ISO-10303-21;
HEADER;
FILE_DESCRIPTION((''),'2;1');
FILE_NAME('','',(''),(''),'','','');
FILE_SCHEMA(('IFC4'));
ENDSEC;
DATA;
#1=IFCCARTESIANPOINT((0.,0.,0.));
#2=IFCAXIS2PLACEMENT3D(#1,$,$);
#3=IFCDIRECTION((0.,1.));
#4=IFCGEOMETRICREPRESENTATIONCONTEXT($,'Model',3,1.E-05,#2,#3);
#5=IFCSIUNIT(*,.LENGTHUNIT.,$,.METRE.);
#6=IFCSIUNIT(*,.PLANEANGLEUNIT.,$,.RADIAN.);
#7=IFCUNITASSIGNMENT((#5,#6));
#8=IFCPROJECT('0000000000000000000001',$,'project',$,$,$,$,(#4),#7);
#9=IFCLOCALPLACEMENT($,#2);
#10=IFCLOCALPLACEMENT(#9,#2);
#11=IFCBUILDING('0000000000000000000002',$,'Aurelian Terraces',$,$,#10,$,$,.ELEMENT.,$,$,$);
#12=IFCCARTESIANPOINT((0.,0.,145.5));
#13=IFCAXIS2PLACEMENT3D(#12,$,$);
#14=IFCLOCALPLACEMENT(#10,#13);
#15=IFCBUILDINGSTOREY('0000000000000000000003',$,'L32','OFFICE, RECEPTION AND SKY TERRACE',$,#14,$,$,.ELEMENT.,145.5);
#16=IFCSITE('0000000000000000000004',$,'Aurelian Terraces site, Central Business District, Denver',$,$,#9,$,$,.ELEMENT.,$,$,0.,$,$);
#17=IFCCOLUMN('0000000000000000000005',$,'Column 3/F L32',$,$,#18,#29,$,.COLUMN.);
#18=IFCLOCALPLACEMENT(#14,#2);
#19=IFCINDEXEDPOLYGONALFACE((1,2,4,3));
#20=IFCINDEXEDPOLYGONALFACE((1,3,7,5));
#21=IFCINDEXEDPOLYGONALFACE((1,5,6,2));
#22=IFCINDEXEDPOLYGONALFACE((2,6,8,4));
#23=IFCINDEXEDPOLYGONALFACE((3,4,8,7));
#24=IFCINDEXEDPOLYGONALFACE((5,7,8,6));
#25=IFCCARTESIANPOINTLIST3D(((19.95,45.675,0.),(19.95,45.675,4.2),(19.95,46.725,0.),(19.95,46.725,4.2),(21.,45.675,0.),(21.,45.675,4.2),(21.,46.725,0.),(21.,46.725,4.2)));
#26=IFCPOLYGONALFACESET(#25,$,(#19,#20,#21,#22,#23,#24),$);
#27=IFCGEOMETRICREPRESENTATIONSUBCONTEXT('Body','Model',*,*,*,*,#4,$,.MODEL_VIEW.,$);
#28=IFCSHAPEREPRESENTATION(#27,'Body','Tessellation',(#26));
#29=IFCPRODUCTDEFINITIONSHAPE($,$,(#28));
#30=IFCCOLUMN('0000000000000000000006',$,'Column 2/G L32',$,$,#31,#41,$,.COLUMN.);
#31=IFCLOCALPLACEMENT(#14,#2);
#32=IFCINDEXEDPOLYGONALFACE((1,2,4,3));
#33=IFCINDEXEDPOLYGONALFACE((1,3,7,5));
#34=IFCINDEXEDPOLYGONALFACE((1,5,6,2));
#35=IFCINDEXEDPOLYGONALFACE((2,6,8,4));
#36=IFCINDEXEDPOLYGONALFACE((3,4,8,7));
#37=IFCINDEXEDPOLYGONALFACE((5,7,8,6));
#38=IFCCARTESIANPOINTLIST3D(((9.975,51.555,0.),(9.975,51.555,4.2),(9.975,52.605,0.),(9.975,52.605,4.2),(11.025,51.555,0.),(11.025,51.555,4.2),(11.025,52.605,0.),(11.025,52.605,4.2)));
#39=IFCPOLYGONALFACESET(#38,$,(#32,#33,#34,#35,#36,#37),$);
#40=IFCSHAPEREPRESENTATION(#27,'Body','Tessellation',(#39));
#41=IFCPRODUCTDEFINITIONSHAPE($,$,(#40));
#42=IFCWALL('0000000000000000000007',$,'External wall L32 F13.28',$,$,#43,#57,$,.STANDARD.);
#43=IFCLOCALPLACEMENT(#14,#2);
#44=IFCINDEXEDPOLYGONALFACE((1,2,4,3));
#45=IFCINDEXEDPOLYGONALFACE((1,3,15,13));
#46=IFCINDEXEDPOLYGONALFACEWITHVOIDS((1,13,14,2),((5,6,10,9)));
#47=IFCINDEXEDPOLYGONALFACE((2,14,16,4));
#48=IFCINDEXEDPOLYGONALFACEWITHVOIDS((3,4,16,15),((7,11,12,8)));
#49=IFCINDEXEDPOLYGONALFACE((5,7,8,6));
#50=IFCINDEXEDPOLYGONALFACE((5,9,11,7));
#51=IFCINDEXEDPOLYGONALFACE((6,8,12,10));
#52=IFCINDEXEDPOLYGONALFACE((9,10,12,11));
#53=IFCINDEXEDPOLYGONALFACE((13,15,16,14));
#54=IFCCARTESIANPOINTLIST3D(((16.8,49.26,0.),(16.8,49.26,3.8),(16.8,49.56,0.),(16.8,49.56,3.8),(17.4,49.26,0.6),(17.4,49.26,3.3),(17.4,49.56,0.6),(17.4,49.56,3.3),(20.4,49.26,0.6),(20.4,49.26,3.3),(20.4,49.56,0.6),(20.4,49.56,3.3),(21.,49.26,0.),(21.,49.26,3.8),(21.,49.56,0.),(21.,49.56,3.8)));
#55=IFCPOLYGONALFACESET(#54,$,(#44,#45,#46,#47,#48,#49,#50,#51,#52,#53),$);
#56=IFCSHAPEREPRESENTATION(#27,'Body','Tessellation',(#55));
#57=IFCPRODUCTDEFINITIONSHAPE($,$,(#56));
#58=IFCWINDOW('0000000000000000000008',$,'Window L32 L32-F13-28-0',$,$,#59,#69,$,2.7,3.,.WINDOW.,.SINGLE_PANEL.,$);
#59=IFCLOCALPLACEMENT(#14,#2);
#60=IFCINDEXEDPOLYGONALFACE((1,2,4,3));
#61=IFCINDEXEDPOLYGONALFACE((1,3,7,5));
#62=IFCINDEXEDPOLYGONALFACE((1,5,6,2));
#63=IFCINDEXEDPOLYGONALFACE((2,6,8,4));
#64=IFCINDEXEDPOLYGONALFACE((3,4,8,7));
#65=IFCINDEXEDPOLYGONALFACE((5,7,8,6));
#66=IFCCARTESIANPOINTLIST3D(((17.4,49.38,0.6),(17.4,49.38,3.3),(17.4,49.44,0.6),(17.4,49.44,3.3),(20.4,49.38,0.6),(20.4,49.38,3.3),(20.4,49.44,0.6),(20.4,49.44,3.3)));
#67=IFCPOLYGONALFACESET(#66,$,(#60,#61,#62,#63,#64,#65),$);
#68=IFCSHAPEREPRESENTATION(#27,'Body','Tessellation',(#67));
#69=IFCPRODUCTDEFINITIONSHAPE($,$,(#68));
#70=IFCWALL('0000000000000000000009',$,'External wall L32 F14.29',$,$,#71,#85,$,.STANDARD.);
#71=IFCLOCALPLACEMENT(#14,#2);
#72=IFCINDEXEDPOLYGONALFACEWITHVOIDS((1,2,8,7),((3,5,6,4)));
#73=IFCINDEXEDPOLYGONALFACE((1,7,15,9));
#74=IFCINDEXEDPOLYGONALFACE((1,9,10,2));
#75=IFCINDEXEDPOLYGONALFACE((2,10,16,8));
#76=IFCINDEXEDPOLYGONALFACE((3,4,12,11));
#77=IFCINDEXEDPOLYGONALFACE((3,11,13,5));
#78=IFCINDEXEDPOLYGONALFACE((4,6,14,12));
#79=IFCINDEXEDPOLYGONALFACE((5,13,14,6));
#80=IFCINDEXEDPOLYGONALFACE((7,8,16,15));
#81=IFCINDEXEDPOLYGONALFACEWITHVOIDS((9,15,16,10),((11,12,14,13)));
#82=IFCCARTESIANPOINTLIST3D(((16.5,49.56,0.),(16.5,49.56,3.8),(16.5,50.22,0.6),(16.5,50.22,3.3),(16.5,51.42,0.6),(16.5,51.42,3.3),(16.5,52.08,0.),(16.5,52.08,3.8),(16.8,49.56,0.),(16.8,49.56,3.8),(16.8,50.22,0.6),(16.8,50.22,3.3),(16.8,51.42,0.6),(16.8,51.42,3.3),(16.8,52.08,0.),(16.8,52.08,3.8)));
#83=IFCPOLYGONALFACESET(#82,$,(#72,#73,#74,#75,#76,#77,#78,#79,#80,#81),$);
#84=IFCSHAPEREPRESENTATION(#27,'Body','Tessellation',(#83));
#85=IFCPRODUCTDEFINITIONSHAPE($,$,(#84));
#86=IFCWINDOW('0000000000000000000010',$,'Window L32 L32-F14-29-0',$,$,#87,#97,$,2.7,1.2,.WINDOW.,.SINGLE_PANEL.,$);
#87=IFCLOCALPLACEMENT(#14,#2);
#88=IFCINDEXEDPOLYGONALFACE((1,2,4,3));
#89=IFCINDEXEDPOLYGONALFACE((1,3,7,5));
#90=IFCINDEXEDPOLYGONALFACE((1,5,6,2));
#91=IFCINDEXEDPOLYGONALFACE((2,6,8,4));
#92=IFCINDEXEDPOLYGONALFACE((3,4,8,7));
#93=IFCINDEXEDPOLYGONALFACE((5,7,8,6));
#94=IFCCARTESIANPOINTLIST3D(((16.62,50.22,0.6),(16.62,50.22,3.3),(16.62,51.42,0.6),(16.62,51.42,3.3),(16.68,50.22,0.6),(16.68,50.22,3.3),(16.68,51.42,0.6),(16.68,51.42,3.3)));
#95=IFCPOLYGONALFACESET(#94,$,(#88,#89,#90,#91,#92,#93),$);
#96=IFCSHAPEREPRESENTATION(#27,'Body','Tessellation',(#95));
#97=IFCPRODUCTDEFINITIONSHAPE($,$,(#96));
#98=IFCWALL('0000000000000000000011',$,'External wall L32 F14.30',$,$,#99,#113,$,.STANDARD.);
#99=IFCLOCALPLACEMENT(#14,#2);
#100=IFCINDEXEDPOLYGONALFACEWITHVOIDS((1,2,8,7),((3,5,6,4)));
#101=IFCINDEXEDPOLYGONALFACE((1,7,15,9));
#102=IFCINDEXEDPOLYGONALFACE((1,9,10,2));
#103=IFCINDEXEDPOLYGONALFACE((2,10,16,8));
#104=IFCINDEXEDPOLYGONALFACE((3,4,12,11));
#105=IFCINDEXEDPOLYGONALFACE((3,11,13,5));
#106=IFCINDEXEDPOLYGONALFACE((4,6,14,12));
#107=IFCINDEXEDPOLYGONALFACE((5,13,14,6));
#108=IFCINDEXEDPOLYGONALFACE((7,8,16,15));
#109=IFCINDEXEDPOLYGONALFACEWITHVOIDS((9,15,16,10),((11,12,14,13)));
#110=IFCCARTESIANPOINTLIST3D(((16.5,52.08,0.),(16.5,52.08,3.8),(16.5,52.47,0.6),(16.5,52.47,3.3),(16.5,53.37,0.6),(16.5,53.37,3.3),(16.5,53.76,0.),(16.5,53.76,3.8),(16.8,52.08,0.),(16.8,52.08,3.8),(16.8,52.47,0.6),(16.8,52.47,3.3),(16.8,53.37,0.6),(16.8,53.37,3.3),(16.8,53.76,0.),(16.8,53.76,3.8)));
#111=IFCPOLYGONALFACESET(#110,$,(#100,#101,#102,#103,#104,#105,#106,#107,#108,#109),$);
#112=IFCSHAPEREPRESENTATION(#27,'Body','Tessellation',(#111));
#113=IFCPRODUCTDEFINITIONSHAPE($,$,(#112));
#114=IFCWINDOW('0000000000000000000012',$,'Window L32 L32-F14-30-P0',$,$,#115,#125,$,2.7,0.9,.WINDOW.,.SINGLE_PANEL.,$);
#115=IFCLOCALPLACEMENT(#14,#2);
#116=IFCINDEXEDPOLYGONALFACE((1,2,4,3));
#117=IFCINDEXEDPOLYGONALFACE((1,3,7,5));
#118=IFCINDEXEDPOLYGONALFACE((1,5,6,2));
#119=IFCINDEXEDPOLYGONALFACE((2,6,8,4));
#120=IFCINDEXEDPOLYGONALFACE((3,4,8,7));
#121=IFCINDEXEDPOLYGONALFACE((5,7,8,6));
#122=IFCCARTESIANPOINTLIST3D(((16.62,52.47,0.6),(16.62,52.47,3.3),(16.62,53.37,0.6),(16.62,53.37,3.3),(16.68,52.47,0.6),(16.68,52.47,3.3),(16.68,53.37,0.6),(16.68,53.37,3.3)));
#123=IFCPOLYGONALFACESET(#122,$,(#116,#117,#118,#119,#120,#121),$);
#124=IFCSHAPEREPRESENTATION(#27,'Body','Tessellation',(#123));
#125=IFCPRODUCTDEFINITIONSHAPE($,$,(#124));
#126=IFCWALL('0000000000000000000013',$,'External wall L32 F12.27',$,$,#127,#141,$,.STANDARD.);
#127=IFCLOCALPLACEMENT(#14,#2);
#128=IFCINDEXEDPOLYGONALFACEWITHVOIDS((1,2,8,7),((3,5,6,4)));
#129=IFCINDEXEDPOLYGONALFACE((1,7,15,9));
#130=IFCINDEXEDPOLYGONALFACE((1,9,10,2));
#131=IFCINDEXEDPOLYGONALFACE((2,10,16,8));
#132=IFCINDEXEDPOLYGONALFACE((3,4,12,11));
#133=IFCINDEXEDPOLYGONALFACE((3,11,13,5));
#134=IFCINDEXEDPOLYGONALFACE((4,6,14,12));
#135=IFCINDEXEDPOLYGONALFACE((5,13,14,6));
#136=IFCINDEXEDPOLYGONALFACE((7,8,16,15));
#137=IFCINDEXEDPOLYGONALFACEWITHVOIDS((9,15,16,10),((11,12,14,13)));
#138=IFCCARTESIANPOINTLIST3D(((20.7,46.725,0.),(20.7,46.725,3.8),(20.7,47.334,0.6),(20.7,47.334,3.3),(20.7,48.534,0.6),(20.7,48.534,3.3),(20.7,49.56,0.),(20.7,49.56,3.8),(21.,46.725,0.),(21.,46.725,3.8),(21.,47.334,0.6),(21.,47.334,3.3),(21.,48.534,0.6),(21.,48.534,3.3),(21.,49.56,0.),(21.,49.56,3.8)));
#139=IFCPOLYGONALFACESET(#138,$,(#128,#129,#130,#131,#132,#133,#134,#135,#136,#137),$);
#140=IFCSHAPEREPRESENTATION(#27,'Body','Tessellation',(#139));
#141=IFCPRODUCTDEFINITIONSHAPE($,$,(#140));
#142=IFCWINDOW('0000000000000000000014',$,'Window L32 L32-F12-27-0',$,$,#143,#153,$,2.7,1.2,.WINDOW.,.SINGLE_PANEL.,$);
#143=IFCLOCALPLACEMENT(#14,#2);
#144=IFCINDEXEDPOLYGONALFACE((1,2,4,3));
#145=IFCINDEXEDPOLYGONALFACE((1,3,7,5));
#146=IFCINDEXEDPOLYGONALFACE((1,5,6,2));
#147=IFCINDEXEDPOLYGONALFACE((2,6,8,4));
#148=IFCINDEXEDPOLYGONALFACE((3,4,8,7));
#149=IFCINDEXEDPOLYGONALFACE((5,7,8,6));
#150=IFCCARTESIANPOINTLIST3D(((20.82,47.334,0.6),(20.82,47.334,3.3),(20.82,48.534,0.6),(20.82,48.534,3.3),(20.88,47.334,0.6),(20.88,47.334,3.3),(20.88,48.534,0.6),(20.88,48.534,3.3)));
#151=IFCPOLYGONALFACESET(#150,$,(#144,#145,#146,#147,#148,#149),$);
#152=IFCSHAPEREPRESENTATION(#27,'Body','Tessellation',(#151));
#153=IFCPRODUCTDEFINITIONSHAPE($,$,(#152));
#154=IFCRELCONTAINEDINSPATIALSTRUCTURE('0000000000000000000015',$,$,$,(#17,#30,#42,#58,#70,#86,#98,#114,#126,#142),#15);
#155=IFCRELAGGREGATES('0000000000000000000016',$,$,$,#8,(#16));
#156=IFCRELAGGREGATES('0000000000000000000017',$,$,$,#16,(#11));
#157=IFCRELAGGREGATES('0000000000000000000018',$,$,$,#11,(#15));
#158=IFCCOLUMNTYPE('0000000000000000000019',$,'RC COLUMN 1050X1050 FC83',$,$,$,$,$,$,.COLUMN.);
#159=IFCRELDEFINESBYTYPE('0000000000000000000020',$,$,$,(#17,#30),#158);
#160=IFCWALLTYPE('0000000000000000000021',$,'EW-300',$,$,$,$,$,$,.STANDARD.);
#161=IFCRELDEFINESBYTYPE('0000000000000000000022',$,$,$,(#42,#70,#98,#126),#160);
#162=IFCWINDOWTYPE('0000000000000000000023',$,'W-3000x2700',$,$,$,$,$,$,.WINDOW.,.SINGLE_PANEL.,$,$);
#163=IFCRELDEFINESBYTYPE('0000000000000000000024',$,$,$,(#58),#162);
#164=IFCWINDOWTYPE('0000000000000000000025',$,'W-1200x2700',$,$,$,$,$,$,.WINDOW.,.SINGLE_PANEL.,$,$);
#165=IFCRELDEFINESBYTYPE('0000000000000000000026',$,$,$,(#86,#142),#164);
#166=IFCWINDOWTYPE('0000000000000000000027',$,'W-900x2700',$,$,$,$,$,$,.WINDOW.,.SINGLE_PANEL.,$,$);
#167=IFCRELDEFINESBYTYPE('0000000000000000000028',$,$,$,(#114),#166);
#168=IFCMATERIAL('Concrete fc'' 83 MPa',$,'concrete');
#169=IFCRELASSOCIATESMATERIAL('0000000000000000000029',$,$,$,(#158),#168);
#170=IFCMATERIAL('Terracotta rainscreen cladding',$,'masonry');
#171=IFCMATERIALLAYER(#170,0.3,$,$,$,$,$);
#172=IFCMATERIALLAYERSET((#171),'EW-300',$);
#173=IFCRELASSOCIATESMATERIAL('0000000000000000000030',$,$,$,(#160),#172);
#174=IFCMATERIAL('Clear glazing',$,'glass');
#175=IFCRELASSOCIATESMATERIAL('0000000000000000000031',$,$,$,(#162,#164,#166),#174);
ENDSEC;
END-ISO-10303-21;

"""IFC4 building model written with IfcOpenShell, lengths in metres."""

from ifc_helpers import new_model, si_unit, direction, frame, frame_2d, origin, origin_2d, place, context, subcontext, project, spatial, rectangle, extrude, source, transform, mapped, material, layer, layer_set, material_profile, profile_set, type_object, element, fill, save


model = new_model("IFC4")

# Units and contexts
model_context = context("Model", 3, precision=1e-05, world=origin(), true_north=direction((0.0, 1.0)))
body_context = subcontext(model_context, "Body", "Model", "MODEL_VIEW")
ifc_project = project(units=[si_unit("LENGTHUNIT", "METRE"), si_unit("PLANEANGLEUNIT", "RADIAN")], contexts=[model_context])

# Site, building, storey
site_placement = place(None, origin())
site = spatial("IfcSite", under=ifc_project, at=site_placement, Name="Aurelian Terraces site, Central Business District, Denver", CompositionType="ELEMENT", RefElevation=0.0)
building_placement = place(site_placement, origin())
building = spatial("IfcBuilding", under=site, at=building_placement, Name="Aurelian Terraces", CompositionType="ELEMENT")
storey_placement = place(building_placement, frame((0.0, 0.0, 145.5)))
storey = spatial("IfcBuildingStorey", under=building, at=storey_placement, Name="L32", Description="OFFICE, RECEPTION AND SKY TERRACE", CompositionType="ELEMENT", Elevation=145.5)

# Columns
ifc_material_1 = material(Name="Concrete fc' 83 MPa", Category="concrete")
ifc_material_profile = material_profile(ifc_material_1, rectangle(XDim=1.05, YDim=1.05, at=origin_2d()))
ifc_profile_set = profile_set([ifc_material_profile], Name="Concrete fc' 83 MPa")
column_type = type_object("IfcColumnType", Name="RC COLUMN 1050X1050 FC83", PredefinedType="COLUMN", material=ifc_profile_set)
shared_shape_1 = source(origin(), body_context, "Body", "SweptSolid", [
    extrude(rectangle(XDim=1.05, YDim=1.05, at=origin_2d()), origin(), (0.0, 0.0, 1.0), 4.2),
])
for number, where, z_axis, x_axis, name in (
    (1, (20.475, 46.2, 0.0), (0.0, 0.0, 1.0), (1.0, 0.0, 0.0), "Column 3/F L32"),
    (2, (10.5, 52.08, 0.0), (0.0, 0.0, 1.0), (1.0, 0.0, 0.0), "Column 2/G L32"),
):
    element("IfcColumn", number, at=place(storey_placement, frame(where, z_axis=z_axis, x_axis=x_axis)), inside=storey, type_object=column_type, Name=name, PredefinedType="COLUMN", context=body_context, shape_type="MappedRepresentation", body=[
        mapped(shared_shape_1, transform((0.0, 0.0, 0.0), scale=1.0)),
    ])

# Walls, openings, windows
ifc_material_2 = material(Name="Terracotta rainscreen cladding", Category="masonry")
ifc_layer_1 = layer(ifc_material_2, 0.3)
ifc_layer_set_1 = layer_set([ifc_layer_1], Name="EW-300")
wall_type_1 = type_object("IfcWallType", Name="EW-300", PredefinedType="STANDARD", material=ifc_layer_set_1)
shared_shape_2 = source(origin(), body_context, "Body", "SweptSolid", [
    extrude(rectangle(XDim=4.2, YDim=0.3, at=frame_2d((2.1, 0.0))), origin(), (0.0, 0.0, 1.0), 3.8),
])
wall_1_placement = place(storey_placement, frame((21.0, 49.41, 0.0), z_axis=(0.0, 0.0, 1.0), x_axis=(-1.0, 0.0, 0.0)))
wall_1 = element("IfcWall", 3, at=wall_1_placement, inside=storey, type_object=wall_type_1, Name="External wall L32 F13.28", PredefinedType="STANDARD", context=body_context, shape_type="MappedRepresentation", body=[
    mapped(shared_shape_2, transform((0.0, 0.0, 0.0), scale=1.0)),
])
shared_shape_3 = source(origin(), body_context, "Body", "SweptSolid", [
    extrude(rectangle(XDim=3.0, YDim=2.7, at=frame_2d((1.5, 1.35))), frame((0.0, 0.16, 0.0), z_axis=(0.0, -1.0, 0.0), x_axis=(1.0, 0.0, 0.0)), (0.0, 0.0, 1.0), 0.32),
])
opening_1_placement = place(wall_1_placement, frame((0.6, 0.0, 0.6)))
opening_1 = element("IfcOpeningElement", 4, at=opening_1_placement, cuts=wall_1, PredefinedType="OPENING", context=body_context, shape_type="MappedRepresentation", body=[
    mapped(shared_shape_3, transform((0.0, 0.0, 0.0), scale=1.0)),
])
ifc_material_3 = material(Name="Clear glazing", Category="glass")
window_type_1 = type_object("IfcWindowType", Name="W-3000x2700", PartitioningType="SINGLE_PANEL", PredefinedType="WINDOW", material=ifc_material_3)
shared_shape_4 = source(origin(), body_context, "Body", "SweptSolid", [
    extrude(rectangle(XDim=3.0, YDim=2.7, at=frame_2d((1.5, 1.35))), frame((0.0, 0.03, 0.0), z_axis=(0.0, -1.0, 0.0), x_axis=(1.0, 0.0, 0.0)), (0.0, 0.0, 1.0), 0.06),
])
window_1_placement = place(opening_1_placement, origin())
window_1 = element("IfcWindow", 5, at=window_1_placement, inside=storey, type_object=window_type_1, Name="Window L32 L32-F13-28-0", OverallHeight=2.7, OverallWidth=3.0, PartitioningType="SINGLE_PANEL", PredefinedType="WINDOW", context=body_context, shape_type="MappedRepresentation", body=[
    mapped(shared_shape_4, transform((0.0, 0.0, 0.0), scale=1.0)),
])
fill(opening_1, window_1)
shared_shape_5 = source(origin(), body_context, "Body", "SweptSolid", [
    extrude(rectangle(XDim=2.52, YDim=0.3, at=frame_2d((1.26, 0.0))), origin(), (0.0, 0.0, 1.0), 3.8),
])
wall_2_placement = place(storey_placement, frame((16.65, 49.56, 0.0), z_axis=(0.0, 0.0, 1.0), x_axis=(0.0, 1.0, 0.0)))
wall_2 = element("IfcWall", 6, at=wall_2_placement, inside=storey, type_object=wall_type_1, Name="External wall L32 F14.29", PredefinedType="STANDARD", context=body_context, shape_type="MappedRepresentation", body=[
    mapped(shared_shape_5, transform((0.0, 0.0, 0.0), scale=1.0)),
])
shared_shape_6 = source(origin(), body_context, "Body", "SweptSolid", [
    extrude(rectangle(XDim=1.2, YDim=2.7, at=frame_2d((0.6, 1.35))), frame((0.0, 0.16, 0.0), z_axis=(0.0, -1.0, 0.0), x_axis=(1.0, 0.0, 0.0)), (0.0, 0.0, 1.0), 0.32),
])
opening_2_placement = place(wall_2_placement, frame((0.66, 0.0, 0.6)))
opening_2 = element("IfcOpeningElement", 7, at=opening_2_placement, cuts=wall_2, PredefinedType="OPENING", context=body_context, shape_type="MappedRepresentation", body=[
    mapped(shared_shape_6, transform((0.0, 0.0, 0.0), scale=1.0)),
])
window_type_2 = type_object("IfcWindowType", Name="W-1200x2700", PartitioningType="SINGLE_PANEL", PredefinedType="WINDOW", material=ifc_material_3)
shared_shape_7 = source(origin(), body_context, "Body", "SweptSolid", [
    extrude(rectangle(XDim=1.2, YDim=2.7, at=frame_2d((0.6, 1.35))), frame((0.0, 0.03, 0.0), z_axis=(0.0, -1.0, 0.0), x_axis=(1.0, 0.0, 0.0)), (0.0, 0.0, 1.0), 0.06),
])
window_2_placement = place(opening_2_placement, origin())
window_2 = element("IfcWindow", 8, at=window_2_placement, inside=storey, type_object=window_type_2, Name="Window L32 L32-F14-29-0", OverallHeight=2.7, OverallWidth=1.2, PartitioningType="SINGLE_PANEL", PredefinedType="WINDOW", context=body_context, shape_type="MappedRepresentation", body=[
    mapped(shared_shape_7, transform((0.0, 0.0, 0.0), scale=1.0)),
])
fill(opening_2, window_2)
shared_shape_8 = source(origin(), body_context, "Body", "SweptSolid", [
    extrude(rectangle(XDim=1.68, YDim=0.3, at=frame_2d((0.84, 0.0))), origin(), (0.0, 0.0, 1.0), 3.8),
])
wall_3_placement = place(storey_placement, frame((16.65, 52.08, 0.0), z_axis=(0.0, 0.0, 1.0), x_axis=(0.0, 1.0, 0.0)))
wall_3 = element("IfcWall", 9, at=wall_3_placement, inside=storey, type_object=wall_type_1, Name="External wall L32 F14.30", PredefinedType="STANDARD", context=body_context, shape_type="MappedRepresentation", body=[
    mapped(shared_shape_8, transform((0.0, 0.0, 0.0), scale=1.0)),
])
shared_shape_9 = source(origin(), body_context, "Body", "SweptSolid", [
    extrude(rectangle(XDim=0.9, YDim=2.7, at=frame_2d((0.45, 1.35))), frame((0.0, 0.16, 0.0), z_axis=(0.0, -1.0, 0.0), x_axis=(1.0, 0.0, 0.0)), (0.0, 0.0, 1.0), 0.32),
])
opening_3_placement = place(wall_3_placement, frame((0.39, 0.0, 0.6)))
opening_3 = element("IfcOpeningElement", 10, at=opening_3_placement, cuts=wall_3, PredefinedType="OPENING", context=body_context, shape_type="MappedRepresentation", body=[
    mapped(shared_shape_9, transform((0.0, 0.0, 0.0), scale=1.0)),
])
window_type_3 = type_object("IfcWindowType", Name="W-900x2700", PartitioningType="SINGLE_PANEL", PredefinedType="WINDOW", material=ifc_material_3)
shared_shape_10 = source(origin(), body_context, "Body", "SweptSolid", [
    extrude(rectangle(XDim=0.9, YDim=2.7, at=frame_2d((0.45, 1.35))), frame((0.0, 0.03, 0.0), z_axis=(0.0, -1.0, 0.0), x_axis=(1.0, 0.0, 0.0)), (0.0, 0.0, 1.0), 0.06),
])
window_3_placement = place(opening_3_placement, origin())
window_3 = element("IfcWindow", 11, at=window_3_placement, inside=storey, type_object=window_type_3, Name="Window L32 L32-F14-30-P0", OverallHeight=2.7, OverallWidth=0.9, PartitioningType="SINGLE_PANEL", PredefinedType="WINDOW", context=body_context, shape_type="MappedRepresentation", body=[
    mapped(shared_shape_10, transform((0.0, 0.0, 0.0), scale=1.0)),
])
fill(opening_3, window_3)
shared_shape_11 = source(origin(), body_context, "Body", "SweptSolid", [
    extrude(rectangle(XDim=2.835, YDim=0.3, at=frame_2d((1.4175, 0.0))), origin(), (0.0, 0.0, 1.0), 3.8),
])
wall_4_placement = place(storey_placement, frame((20.85, 46.725, 0.0), z_axis=(0.0, 0.0, 1.0), x_axis=(0.0, 1.0, 0.0)))
wall_4 = element("IfcWall", 12, at=wall_4_placement, inside=storey, type_object=wall_type_1, Name="External wall L32 F12.27", PredefinedType="STANDARD", context=body_context, shape_type="MappedRepresentation", body=[
    mapped(shared_shape_11, transform((0.0, 0.0, 0.0), scale=1.0)),
])
opening_4_placement = place(wall_4_placement, frame((0.609, 0.0, 0.6)))
opening_4 = element("IfcOpeningElement", 13, at=opening_4_placement, cuts=wall_4, PredefinedType="OPENING", context=body_context, shape_type="MappedRepresentation", body=[
    mapped(shared_shape_6, transform((0.0, 0.0, 0.0), scale=1.0)),
])
window_4_placement = place(opening_4_placement, origin())
window_4 = element("IfcWindow", 14, at=window_4_placement, inside=storey, type_object=window_type_2, Name="Window L32 L32-F12-27-0", OverallHeight=2.7, OverallWidth=1.2, PartitioningType="SINGLE_PANEL", PredefinedType="WINDOW", context=body_context, shape_type="MappedRepresentation", body=[
    mapped(shared_shape_7, transform((0.0, 0.0, 0.0), scale=1.0)),
])
fill(opening_4, window_4)

save(model, "model.ifc")
